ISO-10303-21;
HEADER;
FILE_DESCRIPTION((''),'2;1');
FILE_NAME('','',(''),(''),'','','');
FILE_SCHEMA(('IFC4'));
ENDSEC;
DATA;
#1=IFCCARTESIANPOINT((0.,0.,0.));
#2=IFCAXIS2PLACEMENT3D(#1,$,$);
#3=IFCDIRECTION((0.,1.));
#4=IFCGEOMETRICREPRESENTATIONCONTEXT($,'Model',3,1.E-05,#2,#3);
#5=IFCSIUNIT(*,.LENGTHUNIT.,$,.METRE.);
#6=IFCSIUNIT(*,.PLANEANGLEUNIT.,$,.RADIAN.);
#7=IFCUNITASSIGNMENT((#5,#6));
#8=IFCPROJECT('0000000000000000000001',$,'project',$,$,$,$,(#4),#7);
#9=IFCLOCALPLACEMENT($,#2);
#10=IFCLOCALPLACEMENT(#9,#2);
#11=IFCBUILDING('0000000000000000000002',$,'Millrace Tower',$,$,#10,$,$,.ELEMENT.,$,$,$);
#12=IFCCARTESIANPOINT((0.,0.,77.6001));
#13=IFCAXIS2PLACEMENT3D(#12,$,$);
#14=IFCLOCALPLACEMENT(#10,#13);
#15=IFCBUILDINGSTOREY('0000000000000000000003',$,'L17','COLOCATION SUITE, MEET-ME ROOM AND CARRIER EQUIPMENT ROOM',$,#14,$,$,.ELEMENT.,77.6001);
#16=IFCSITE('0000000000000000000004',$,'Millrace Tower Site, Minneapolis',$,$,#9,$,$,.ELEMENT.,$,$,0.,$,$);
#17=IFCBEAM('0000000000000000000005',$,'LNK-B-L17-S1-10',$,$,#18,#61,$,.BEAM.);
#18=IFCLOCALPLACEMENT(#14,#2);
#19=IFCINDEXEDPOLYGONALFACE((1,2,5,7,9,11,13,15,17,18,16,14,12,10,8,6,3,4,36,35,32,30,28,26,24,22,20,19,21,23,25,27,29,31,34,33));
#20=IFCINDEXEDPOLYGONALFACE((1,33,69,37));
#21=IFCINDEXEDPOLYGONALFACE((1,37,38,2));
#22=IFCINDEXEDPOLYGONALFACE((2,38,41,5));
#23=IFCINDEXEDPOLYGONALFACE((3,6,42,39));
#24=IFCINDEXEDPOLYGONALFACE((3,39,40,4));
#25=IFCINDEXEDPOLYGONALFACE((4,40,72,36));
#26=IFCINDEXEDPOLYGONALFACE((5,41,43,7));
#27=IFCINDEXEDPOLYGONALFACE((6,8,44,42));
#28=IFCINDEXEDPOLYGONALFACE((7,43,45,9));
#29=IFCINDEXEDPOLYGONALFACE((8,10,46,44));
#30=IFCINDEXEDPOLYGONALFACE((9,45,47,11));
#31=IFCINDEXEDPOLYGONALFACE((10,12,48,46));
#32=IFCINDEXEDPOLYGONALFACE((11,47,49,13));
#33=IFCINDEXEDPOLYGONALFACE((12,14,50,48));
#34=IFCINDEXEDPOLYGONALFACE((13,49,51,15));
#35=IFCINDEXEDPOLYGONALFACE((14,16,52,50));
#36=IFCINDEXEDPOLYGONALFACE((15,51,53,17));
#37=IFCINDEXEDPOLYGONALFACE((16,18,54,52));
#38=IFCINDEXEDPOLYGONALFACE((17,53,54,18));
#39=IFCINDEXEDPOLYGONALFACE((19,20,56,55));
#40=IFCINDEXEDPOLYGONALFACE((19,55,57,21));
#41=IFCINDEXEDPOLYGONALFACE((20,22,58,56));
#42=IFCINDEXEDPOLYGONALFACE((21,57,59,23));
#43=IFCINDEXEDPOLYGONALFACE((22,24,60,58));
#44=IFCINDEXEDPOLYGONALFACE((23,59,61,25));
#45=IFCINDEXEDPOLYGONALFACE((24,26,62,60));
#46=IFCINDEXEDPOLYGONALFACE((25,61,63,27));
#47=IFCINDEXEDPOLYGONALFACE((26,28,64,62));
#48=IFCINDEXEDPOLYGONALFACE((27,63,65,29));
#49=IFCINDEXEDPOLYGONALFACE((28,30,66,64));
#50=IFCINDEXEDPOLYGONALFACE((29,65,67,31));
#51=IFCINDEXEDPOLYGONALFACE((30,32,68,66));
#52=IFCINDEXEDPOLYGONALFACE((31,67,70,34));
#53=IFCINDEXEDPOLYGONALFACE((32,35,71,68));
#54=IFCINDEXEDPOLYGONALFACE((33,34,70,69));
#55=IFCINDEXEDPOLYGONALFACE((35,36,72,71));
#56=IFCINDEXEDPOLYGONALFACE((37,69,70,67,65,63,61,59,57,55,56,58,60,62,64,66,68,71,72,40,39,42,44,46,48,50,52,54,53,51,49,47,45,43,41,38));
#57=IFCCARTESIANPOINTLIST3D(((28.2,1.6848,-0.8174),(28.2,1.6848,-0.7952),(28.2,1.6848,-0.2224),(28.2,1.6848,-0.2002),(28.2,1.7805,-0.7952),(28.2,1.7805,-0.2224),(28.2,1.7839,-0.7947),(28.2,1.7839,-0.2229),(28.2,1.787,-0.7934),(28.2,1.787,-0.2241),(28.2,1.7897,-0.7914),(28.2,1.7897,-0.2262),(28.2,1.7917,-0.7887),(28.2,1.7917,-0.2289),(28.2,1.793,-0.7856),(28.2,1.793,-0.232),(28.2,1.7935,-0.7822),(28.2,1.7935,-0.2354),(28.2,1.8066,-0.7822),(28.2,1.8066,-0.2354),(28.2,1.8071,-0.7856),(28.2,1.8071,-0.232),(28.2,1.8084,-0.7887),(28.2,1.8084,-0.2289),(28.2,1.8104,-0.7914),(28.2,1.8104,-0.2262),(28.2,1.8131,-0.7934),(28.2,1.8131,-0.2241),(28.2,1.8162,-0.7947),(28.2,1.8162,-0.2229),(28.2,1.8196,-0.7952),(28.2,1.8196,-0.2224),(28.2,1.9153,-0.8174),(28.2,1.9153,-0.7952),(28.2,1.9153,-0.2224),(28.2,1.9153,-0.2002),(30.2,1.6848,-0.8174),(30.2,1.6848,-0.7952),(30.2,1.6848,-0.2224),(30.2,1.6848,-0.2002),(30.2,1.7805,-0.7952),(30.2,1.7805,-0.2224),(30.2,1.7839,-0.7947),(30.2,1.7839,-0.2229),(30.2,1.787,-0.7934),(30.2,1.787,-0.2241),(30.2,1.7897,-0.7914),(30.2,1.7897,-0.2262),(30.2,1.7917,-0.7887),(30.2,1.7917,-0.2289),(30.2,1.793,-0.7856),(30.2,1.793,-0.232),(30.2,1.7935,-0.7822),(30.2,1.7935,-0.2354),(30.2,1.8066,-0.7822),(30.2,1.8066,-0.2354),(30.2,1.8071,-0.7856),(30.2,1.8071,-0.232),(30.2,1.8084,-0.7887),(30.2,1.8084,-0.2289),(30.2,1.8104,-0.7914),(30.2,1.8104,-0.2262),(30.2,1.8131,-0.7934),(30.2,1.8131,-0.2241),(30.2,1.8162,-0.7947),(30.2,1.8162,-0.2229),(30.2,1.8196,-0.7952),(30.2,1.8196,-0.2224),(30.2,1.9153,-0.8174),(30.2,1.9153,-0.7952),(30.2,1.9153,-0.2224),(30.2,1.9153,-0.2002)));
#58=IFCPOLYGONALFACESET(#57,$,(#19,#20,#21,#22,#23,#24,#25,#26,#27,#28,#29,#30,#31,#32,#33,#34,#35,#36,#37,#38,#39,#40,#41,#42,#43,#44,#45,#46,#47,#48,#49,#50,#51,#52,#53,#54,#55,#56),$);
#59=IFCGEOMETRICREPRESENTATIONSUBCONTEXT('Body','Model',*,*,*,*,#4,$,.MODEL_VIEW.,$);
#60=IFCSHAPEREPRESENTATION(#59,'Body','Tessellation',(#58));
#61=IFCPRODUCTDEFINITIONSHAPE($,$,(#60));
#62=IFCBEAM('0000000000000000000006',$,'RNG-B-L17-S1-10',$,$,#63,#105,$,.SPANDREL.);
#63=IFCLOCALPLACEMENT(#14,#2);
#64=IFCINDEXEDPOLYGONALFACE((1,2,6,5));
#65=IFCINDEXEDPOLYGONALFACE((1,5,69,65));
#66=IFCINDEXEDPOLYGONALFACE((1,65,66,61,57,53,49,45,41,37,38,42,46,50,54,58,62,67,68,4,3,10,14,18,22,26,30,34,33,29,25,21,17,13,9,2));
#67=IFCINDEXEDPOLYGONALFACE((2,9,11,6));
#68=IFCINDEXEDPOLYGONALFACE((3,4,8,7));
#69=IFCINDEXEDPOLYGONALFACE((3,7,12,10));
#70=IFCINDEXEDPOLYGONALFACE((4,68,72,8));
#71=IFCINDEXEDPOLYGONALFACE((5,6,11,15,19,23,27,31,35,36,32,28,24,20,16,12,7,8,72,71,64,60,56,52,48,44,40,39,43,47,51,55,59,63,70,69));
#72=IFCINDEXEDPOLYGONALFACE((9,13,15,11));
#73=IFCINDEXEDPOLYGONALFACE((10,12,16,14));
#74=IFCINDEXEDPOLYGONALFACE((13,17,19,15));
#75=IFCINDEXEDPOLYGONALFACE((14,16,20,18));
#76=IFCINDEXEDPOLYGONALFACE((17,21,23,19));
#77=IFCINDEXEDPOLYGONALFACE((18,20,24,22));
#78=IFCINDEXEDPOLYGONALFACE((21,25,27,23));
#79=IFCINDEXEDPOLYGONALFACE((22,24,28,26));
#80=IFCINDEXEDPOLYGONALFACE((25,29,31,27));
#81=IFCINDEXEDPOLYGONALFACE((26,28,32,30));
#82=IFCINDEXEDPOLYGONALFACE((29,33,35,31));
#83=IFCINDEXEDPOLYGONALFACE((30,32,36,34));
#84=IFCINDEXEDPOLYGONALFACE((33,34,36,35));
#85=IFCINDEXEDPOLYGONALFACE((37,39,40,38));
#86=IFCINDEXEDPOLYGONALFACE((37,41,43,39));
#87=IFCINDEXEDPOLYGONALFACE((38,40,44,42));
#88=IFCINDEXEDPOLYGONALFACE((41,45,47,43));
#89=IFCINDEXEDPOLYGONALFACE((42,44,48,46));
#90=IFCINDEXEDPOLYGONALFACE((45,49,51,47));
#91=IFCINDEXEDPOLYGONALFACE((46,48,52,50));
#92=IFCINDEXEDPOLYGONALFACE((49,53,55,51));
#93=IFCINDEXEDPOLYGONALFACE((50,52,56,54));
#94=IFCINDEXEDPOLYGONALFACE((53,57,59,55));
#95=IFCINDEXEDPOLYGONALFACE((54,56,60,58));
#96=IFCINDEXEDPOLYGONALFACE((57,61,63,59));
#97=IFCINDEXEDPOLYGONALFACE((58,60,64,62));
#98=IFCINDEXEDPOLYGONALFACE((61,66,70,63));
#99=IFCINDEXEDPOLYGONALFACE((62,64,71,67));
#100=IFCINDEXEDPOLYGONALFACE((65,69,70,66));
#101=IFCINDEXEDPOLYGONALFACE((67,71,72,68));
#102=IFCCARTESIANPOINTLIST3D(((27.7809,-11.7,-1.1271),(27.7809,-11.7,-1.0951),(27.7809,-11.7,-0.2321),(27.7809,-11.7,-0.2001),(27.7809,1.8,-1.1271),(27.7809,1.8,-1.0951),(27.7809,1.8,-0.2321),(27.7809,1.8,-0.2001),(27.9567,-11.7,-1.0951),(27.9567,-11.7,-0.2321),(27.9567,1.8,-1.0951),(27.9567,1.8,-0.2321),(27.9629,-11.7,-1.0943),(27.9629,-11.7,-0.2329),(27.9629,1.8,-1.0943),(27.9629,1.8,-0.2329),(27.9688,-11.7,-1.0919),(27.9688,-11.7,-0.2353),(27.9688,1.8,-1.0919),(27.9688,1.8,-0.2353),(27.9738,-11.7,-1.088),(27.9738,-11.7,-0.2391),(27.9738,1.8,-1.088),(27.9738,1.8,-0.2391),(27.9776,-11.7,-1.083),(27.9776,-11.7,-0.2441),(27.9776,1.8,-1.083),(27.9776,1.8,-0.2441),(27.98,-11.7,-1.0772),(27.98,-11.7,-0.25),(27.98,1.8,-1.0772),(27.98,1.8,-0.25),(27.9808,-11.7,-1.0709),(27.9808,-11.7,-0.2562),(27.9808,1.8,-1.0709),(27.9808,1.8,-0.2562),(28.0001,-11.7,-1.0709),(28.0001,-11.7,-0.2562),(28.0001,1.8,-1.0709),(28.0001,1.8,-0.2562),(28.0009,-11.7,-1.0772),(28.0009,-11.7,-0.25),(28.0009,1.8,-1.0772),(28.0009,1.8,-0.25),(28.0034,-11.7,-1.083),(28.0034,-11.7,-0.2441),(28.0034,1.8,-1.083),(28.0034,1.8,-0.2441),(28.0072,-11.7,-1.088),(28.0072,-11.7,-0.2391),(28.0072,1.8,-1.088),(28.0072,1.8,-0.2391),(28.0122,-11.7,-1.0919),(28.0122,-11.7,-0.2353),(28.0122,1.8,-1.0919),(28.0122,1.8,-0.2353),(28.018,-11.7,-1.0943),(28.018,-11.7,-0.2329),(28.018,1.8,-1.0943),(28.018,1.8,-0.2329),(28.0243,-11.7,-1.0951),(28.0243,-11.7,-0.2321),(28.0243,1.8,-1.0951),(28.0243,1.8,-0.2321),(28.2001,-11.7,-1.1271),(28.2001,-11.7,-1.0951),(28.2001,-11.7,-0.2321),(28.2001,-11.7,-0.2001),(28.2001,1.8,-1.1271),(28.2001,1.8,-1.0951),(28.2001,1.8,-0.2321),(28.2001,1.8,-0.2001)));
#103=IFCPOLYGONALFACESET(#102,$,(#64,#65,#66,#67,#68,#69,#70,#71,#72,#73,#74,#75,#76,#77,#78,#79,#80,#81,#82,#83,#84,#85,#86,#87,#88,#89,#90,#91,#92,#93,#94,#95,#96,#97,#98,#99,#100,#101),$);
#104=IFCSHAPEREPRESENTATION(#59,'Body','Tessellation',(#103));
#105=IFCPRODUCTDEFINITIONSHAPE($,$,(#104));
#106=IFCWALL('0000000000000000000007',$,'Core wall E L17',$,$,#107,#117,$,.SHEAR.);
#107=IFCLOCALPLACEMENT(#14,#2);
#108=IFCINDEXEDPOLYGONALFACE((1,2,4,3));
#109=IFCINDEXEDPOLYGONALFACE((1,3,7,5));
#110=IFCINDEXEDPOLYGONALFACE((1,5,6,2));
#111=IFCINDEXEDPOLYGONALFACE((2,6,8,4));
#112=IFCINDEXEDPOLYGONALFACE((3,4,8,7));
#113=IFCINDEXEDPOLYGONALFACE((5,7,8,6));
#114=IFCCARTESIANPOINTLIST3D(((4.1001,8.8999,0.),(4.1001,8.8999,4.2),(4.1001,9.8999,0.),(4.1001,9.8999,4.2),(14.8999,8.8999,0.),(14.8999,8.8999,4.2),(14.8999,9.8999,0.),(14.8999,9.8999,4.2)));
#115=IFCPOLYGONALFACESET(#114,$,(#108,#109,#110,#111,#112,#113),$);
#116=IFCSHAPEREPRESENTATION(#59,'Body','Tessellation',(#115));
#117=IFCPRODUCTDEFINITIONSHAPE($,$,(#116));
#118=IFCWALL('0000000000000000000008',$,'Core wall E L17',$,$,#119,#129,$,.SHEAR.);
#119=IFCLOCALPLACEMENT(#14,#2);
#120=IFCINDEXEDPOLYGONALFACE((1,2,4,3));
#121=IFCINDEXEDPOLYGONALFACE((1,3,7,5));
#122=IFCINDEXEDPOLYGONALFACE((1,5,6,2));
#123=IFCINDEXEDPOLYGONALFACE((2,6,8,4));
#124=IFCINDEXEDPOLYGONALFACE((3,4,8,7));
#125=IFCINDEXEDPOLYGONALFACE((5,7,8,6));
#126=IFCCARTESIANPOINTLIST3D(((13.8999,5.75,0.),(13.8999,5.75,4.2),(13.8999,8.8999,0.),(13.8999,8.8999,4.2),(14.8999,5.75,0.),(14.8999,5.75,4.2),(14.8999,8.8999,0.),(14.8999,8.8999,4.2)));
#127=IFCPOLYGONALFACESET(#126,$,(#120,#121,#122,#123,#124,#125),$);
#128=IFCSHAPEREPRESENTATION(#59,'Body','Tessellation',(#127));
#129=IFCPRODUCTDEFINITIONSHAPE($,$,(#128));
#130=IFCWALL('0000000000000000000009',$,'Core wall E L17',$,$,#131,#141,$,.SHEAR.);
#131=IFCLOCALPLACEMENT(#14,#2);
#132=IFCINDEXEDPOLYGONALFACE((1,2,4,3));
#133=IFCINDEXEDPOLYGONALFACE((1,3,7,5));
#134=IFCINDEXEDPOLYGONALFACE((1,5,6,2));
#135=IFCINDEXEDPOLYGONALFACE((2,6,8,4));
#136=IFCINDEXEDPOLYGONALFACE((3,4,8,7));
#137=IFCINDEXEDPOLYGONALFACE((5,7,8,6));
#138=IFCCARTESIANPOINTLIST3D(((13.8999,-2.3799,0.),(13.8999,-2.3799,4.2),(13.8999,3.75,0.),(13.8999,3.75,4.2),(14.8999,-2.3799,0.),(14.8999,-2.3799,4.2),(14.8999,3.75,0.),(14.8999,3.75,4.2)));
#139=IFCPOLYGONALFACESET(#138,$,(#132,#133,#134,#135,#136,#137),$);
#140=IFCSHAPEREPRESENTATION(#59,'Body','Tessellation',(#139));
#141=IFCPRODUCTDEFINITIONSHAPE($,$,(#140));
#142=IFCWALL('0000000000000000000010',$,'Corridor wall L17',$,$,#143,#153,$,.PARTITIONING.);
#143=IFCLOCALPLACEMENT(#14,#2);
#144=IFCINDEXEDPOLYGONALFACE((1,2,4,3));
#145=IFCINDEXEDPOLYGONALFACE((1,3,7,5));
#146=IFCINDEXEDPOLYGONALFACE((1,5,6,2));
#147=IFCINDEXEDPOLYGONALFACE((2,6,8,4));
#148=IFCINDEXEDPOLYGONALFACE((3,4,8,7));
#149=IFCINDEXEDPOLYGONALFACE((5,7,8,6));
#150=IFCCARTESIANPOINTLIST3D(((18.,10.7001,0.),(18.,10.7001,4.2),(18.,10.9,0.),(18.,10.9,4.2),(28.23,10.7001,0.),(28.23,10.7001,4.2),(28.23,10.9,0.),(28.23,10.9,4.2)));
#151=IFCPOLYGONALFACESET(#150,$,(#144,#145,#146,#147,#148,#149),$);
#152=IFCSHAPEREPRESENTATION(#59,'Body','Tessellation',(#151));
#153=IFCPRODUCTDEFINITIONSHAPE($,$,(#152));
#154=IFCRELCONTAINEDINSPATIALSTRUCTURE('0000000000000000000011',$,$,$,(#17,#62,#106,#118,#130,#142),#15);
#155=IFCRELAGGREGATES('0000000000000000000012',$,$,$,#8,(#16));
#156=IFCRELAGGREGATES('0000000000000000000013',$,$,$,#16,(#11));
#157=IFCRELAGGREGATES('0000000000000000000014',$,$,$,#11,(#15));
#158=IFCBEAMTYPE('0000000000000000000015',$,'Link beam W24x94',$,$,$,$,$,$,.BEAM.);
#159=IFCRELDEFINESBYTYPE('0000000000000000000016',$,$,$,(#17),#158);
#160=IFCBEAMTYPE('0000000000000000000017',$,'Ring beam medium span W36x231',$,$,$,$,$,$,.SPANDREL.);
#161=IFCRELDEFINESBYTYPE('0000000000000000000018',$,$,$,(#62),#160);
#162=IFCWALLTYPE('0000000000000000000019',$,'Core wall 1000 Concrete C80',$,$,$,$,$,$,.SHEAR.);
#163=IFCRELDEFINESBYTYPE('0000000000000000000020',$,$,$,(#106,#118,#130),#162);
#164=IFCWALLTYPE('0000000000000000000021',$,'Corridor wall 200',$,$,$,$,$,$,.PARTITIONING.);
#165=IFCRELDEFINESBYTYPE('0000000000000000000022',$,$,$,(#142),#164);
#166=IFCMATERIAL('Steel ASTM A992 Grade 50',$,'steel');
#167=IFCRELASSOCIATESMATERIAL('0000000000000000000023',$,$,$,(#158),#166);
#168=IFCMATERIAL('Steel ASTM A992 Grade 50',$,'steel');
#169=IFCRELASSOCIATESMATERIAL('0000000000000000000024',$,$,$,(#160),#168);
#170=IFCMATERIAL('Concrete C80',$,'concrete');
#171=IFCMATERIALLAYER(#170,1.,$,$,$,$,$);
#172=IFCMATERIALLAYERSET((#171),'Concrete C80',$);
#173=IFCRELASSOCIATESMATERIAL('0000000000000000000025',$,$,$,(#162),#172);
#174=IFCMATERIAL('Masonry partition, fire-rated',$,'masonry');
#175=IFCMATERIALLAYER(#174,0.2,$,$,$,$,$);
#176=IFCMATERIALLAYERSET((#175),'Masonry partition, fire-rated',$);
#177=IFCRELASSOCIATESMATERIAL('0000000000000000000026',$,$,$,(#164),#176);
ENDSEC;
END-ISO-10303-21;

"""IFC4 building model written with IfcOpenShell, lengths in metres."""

from ifc_helpers import new_model, si_unit, direction, frame, frame_2d, origin, origin_2d, place, context, subcontext, project, spatial, rectangle, i_section, extrude, material, layer, layer_set, material_profile, profile_set, type_object, element, save


model = new_model("IFC4")

# Units and contexts
model_context = context("Model", 3, precision=1e-05, world=origin(), true_north=direction((0.0, 1.0)))
body_context = subcontext(model_context, "Body", "Model", "MODEL_VIEW")
ifc_project = project(units=[si_unit("LENGTHUNIT", "METRE"), si_unit("PLANEANGLEUNIT", "RADIAN")], contexts=[model_context])

# Site, building, storey
site_placement = place(None, origin())
site = spatial("IfcSite", under=ifc_project, at=site_placement, Name="Millrace Tower Site, Minneapolis", CompositionType="ELEMENT", RefElevation=0.0)
building_placement = place(site_placement, origin())
building = spatial("IfcBuilding", under=site, at=building_placement, Name="Millrace Tower", CompositionType="ELEMENT")
storey_placement = place(building_placement, frame((0.0, 0.0, 77.6001)))
storey = spatial("IfcBuildingStorey", under=building, at=storey_placement, Name="L17", Description="COLOCATION SUITE, MEET-ME ROOM AND CARRIER EQUIPMENT ROOM", CompositionType="ELEMENT", Elevation=77.6001)

# Beams
ifc_material_1 = material(Name="Steel ASTM A992 Grade 50", Category="steel")
ifc_material_profile_1 = material_profile(ifc_material_1, i_section(OverallWidth=0.2305, OverallDepth=0.6172, WebThickness=0.0132, FlangeThickness=0.0222, FilletRadius=0.0129, at=origin_2d()))
ifc_profile_set_1 = profile_set([ifc_material_profile_1], Name="Steel ASTM A992 Grade 50")
beam_type_1 = type_object("IfcBeamType", Name="Link beam W24x94", PredefinedType="BEAM", material=ifc_profile_set_1)
beam_1_placement = place(storey_placement, frame((28.2, 1.8, -0.5088), z_axis=(1.0, 0.0, 0.0), x_axis=(0.0, 1.0, 0.0)))
element("IfcBeam", 1, at=beam_1_placement, inside=storey, type_object=beam_type_1, Name="LNK-B-L17-S1-10", PredefinedType="BEAM", context=body_context, shape_type="SweptSolid", body=[
    extrude(i_section(OverallWidth=0.2305, OverallDepth=0.6172, WebThickness=0.0132, FlangeThickness=0.0222, FilletRadius=0.0129, at=origin_2d()), origin(), (0.0, 0.0, 1.0), 2.0),
])
ifc_material_2 = material(Name="Steel ASTM A992 Grade 50", Category="steel")
ifc_material_profile_2 = material_profile(ifc_material_2, i_section(OverallWidth=0.4192, OverallDepth=0.927, WebThickness=0.0193, FlangeThickness=0.032, FilletRadius=0.0242, at=origin_2d()))
ifc_profile_set_2 = profile_set([ifc_material_profile_2], Name="Steel ASTM A992 Grade 50")
beam_type_2 = type_object("IfcBeamType", Name="Ring beam medium span W36x231", PredefinedType="SPANDREL", material=ifc_profile_set_2)
beam_2_placement = place(storey_placement, frame((27.9905, 1.8, -0.6636), z_axis=(0.0, -1.0, 0.0), x_axis=(1.0, 0.0, 0.0)))
element("IfcBeam", 2, at=beam_2_placement, inside=storey, type_object=beam_type_2, Name="RNG-B-L17-S1-10", PredefinedType="SPANDREL", context=body_context, shape_type="SweptSolid", body=[
    extrude(i_section(OverallWidth=0.4192, OverallDepth=0.927, WebThickness=0.0193, FlangeThickness=0.032, FilletRadius=0.0242, at=origin_2d()), origin(), (0.0, 0.0, 1.0), 13.5),
])

# Walls
ifc_material_3 = material(Name="Concrete C80", Category="concrete")
ifc_layer_1 = layer(ifc_material_3, 1.0)
ifc_layer_set_1 = layer_set([ifc_layer_1], Name="Concrete C80")
wall_type_1 = type_object("IfcWallType", Name="Core wall 1000 Concrete C80", PredefinedType="SHEAR", material=ifc_layer_set_1)
wall_1_placement = place(storey_placement, frame((14.8999, 9.3999, 0.0), z_axis=(0.0, 0.0, 1.0), x_axis=(-1.0, 0.0, 0.0)))
element("IfcWall", 3, at=wall_1_placement, inside=storey, type_object=wall_type_1, Name="Core wall E L17", PredefinedType="SHEAR", context=body_context, shape_type="SweptSolid", body=[
    extrude(rectangle(XDim=10.7998, YDim=1.0, at=frame_2d((5.3999, 0.0))), origin(), (0.0, 0.0, 1.0), 4.2),
])
wall_2_placement = place(storey_placement, frame((14.3999, 8.8999, 0.0), z_axis=(0.0, 0.0, 1.0), x_axis=(0.0, -1.0, 0.0)))
element("IfcWall", 4, at=wall_2_placement, inside=storey, type_object=wall_type_1, Name="Core wall E L17", PredefinedType="SHEAR", context=body_context, shape_type="SweptSolid", body=[
    extrude(rectangle(XDim=3.1499, YDim=1.0, at=frame_2d((1.575, 0.0))), origin(), (0.0, 0.0, 1.0), 4.2),
])
wall_3_placement = place(storey_placement, frame((14.3999, 3.75, 0.0), z_axis=(0.0, 0.0, 1.0), x_axis=(0.0, -1.0, 0.0)))
element("IfcWall", 5, at=wall_3_placement, inside=storey, type_object=wall_type_1, Name="Core wall E L17", PredefinedType="SHEAR", context=body_context, shape_type="SweptSolid", body=[
    extrude(rectangle(XDim=6.1299, YDim=1.0, at=frame_2d((3.0649, 0.0))), origin(), (0.0, 0.0, 1.0), 4.2),
])
ifc_material_4 = material(Name="Masonry partition, fire-rated", Category="masonry")
ifc_layer_2 = layer(ifc_material_4, 0.2)
ifc_layer_set_2 = layer_set([ifc_layer_2], Name="Masonry partition, fire-rated")
wall_type_2 = type_object("IfcWallType", Name="Corridor wall 200", PredefinedType="PARTITIONING", material=ifc_layer_set_2)
wall_4_placement = place(storey_placement, frame((18.0, 10.8, 0.0), z_axis=(0.0, 0.0, 1.0), x_axis=(1.0, 0.0, 0.0)))
element("IfcWall", 6, at=wall_4_placement, inside=storey, type_object=wall_type_2, Name="Corridor wall L17", PredefinedType="PARTITIONING", context=body_context, shape_type="SweptSolid", body=[
    extrude(rectangle(XDim=10.23, YDim=0.2, at=frame_2d((5.115, 0.0))), origin(), (0.0, 0.0, 1.0), 4.2),
])

save(model, "model.ifc")
